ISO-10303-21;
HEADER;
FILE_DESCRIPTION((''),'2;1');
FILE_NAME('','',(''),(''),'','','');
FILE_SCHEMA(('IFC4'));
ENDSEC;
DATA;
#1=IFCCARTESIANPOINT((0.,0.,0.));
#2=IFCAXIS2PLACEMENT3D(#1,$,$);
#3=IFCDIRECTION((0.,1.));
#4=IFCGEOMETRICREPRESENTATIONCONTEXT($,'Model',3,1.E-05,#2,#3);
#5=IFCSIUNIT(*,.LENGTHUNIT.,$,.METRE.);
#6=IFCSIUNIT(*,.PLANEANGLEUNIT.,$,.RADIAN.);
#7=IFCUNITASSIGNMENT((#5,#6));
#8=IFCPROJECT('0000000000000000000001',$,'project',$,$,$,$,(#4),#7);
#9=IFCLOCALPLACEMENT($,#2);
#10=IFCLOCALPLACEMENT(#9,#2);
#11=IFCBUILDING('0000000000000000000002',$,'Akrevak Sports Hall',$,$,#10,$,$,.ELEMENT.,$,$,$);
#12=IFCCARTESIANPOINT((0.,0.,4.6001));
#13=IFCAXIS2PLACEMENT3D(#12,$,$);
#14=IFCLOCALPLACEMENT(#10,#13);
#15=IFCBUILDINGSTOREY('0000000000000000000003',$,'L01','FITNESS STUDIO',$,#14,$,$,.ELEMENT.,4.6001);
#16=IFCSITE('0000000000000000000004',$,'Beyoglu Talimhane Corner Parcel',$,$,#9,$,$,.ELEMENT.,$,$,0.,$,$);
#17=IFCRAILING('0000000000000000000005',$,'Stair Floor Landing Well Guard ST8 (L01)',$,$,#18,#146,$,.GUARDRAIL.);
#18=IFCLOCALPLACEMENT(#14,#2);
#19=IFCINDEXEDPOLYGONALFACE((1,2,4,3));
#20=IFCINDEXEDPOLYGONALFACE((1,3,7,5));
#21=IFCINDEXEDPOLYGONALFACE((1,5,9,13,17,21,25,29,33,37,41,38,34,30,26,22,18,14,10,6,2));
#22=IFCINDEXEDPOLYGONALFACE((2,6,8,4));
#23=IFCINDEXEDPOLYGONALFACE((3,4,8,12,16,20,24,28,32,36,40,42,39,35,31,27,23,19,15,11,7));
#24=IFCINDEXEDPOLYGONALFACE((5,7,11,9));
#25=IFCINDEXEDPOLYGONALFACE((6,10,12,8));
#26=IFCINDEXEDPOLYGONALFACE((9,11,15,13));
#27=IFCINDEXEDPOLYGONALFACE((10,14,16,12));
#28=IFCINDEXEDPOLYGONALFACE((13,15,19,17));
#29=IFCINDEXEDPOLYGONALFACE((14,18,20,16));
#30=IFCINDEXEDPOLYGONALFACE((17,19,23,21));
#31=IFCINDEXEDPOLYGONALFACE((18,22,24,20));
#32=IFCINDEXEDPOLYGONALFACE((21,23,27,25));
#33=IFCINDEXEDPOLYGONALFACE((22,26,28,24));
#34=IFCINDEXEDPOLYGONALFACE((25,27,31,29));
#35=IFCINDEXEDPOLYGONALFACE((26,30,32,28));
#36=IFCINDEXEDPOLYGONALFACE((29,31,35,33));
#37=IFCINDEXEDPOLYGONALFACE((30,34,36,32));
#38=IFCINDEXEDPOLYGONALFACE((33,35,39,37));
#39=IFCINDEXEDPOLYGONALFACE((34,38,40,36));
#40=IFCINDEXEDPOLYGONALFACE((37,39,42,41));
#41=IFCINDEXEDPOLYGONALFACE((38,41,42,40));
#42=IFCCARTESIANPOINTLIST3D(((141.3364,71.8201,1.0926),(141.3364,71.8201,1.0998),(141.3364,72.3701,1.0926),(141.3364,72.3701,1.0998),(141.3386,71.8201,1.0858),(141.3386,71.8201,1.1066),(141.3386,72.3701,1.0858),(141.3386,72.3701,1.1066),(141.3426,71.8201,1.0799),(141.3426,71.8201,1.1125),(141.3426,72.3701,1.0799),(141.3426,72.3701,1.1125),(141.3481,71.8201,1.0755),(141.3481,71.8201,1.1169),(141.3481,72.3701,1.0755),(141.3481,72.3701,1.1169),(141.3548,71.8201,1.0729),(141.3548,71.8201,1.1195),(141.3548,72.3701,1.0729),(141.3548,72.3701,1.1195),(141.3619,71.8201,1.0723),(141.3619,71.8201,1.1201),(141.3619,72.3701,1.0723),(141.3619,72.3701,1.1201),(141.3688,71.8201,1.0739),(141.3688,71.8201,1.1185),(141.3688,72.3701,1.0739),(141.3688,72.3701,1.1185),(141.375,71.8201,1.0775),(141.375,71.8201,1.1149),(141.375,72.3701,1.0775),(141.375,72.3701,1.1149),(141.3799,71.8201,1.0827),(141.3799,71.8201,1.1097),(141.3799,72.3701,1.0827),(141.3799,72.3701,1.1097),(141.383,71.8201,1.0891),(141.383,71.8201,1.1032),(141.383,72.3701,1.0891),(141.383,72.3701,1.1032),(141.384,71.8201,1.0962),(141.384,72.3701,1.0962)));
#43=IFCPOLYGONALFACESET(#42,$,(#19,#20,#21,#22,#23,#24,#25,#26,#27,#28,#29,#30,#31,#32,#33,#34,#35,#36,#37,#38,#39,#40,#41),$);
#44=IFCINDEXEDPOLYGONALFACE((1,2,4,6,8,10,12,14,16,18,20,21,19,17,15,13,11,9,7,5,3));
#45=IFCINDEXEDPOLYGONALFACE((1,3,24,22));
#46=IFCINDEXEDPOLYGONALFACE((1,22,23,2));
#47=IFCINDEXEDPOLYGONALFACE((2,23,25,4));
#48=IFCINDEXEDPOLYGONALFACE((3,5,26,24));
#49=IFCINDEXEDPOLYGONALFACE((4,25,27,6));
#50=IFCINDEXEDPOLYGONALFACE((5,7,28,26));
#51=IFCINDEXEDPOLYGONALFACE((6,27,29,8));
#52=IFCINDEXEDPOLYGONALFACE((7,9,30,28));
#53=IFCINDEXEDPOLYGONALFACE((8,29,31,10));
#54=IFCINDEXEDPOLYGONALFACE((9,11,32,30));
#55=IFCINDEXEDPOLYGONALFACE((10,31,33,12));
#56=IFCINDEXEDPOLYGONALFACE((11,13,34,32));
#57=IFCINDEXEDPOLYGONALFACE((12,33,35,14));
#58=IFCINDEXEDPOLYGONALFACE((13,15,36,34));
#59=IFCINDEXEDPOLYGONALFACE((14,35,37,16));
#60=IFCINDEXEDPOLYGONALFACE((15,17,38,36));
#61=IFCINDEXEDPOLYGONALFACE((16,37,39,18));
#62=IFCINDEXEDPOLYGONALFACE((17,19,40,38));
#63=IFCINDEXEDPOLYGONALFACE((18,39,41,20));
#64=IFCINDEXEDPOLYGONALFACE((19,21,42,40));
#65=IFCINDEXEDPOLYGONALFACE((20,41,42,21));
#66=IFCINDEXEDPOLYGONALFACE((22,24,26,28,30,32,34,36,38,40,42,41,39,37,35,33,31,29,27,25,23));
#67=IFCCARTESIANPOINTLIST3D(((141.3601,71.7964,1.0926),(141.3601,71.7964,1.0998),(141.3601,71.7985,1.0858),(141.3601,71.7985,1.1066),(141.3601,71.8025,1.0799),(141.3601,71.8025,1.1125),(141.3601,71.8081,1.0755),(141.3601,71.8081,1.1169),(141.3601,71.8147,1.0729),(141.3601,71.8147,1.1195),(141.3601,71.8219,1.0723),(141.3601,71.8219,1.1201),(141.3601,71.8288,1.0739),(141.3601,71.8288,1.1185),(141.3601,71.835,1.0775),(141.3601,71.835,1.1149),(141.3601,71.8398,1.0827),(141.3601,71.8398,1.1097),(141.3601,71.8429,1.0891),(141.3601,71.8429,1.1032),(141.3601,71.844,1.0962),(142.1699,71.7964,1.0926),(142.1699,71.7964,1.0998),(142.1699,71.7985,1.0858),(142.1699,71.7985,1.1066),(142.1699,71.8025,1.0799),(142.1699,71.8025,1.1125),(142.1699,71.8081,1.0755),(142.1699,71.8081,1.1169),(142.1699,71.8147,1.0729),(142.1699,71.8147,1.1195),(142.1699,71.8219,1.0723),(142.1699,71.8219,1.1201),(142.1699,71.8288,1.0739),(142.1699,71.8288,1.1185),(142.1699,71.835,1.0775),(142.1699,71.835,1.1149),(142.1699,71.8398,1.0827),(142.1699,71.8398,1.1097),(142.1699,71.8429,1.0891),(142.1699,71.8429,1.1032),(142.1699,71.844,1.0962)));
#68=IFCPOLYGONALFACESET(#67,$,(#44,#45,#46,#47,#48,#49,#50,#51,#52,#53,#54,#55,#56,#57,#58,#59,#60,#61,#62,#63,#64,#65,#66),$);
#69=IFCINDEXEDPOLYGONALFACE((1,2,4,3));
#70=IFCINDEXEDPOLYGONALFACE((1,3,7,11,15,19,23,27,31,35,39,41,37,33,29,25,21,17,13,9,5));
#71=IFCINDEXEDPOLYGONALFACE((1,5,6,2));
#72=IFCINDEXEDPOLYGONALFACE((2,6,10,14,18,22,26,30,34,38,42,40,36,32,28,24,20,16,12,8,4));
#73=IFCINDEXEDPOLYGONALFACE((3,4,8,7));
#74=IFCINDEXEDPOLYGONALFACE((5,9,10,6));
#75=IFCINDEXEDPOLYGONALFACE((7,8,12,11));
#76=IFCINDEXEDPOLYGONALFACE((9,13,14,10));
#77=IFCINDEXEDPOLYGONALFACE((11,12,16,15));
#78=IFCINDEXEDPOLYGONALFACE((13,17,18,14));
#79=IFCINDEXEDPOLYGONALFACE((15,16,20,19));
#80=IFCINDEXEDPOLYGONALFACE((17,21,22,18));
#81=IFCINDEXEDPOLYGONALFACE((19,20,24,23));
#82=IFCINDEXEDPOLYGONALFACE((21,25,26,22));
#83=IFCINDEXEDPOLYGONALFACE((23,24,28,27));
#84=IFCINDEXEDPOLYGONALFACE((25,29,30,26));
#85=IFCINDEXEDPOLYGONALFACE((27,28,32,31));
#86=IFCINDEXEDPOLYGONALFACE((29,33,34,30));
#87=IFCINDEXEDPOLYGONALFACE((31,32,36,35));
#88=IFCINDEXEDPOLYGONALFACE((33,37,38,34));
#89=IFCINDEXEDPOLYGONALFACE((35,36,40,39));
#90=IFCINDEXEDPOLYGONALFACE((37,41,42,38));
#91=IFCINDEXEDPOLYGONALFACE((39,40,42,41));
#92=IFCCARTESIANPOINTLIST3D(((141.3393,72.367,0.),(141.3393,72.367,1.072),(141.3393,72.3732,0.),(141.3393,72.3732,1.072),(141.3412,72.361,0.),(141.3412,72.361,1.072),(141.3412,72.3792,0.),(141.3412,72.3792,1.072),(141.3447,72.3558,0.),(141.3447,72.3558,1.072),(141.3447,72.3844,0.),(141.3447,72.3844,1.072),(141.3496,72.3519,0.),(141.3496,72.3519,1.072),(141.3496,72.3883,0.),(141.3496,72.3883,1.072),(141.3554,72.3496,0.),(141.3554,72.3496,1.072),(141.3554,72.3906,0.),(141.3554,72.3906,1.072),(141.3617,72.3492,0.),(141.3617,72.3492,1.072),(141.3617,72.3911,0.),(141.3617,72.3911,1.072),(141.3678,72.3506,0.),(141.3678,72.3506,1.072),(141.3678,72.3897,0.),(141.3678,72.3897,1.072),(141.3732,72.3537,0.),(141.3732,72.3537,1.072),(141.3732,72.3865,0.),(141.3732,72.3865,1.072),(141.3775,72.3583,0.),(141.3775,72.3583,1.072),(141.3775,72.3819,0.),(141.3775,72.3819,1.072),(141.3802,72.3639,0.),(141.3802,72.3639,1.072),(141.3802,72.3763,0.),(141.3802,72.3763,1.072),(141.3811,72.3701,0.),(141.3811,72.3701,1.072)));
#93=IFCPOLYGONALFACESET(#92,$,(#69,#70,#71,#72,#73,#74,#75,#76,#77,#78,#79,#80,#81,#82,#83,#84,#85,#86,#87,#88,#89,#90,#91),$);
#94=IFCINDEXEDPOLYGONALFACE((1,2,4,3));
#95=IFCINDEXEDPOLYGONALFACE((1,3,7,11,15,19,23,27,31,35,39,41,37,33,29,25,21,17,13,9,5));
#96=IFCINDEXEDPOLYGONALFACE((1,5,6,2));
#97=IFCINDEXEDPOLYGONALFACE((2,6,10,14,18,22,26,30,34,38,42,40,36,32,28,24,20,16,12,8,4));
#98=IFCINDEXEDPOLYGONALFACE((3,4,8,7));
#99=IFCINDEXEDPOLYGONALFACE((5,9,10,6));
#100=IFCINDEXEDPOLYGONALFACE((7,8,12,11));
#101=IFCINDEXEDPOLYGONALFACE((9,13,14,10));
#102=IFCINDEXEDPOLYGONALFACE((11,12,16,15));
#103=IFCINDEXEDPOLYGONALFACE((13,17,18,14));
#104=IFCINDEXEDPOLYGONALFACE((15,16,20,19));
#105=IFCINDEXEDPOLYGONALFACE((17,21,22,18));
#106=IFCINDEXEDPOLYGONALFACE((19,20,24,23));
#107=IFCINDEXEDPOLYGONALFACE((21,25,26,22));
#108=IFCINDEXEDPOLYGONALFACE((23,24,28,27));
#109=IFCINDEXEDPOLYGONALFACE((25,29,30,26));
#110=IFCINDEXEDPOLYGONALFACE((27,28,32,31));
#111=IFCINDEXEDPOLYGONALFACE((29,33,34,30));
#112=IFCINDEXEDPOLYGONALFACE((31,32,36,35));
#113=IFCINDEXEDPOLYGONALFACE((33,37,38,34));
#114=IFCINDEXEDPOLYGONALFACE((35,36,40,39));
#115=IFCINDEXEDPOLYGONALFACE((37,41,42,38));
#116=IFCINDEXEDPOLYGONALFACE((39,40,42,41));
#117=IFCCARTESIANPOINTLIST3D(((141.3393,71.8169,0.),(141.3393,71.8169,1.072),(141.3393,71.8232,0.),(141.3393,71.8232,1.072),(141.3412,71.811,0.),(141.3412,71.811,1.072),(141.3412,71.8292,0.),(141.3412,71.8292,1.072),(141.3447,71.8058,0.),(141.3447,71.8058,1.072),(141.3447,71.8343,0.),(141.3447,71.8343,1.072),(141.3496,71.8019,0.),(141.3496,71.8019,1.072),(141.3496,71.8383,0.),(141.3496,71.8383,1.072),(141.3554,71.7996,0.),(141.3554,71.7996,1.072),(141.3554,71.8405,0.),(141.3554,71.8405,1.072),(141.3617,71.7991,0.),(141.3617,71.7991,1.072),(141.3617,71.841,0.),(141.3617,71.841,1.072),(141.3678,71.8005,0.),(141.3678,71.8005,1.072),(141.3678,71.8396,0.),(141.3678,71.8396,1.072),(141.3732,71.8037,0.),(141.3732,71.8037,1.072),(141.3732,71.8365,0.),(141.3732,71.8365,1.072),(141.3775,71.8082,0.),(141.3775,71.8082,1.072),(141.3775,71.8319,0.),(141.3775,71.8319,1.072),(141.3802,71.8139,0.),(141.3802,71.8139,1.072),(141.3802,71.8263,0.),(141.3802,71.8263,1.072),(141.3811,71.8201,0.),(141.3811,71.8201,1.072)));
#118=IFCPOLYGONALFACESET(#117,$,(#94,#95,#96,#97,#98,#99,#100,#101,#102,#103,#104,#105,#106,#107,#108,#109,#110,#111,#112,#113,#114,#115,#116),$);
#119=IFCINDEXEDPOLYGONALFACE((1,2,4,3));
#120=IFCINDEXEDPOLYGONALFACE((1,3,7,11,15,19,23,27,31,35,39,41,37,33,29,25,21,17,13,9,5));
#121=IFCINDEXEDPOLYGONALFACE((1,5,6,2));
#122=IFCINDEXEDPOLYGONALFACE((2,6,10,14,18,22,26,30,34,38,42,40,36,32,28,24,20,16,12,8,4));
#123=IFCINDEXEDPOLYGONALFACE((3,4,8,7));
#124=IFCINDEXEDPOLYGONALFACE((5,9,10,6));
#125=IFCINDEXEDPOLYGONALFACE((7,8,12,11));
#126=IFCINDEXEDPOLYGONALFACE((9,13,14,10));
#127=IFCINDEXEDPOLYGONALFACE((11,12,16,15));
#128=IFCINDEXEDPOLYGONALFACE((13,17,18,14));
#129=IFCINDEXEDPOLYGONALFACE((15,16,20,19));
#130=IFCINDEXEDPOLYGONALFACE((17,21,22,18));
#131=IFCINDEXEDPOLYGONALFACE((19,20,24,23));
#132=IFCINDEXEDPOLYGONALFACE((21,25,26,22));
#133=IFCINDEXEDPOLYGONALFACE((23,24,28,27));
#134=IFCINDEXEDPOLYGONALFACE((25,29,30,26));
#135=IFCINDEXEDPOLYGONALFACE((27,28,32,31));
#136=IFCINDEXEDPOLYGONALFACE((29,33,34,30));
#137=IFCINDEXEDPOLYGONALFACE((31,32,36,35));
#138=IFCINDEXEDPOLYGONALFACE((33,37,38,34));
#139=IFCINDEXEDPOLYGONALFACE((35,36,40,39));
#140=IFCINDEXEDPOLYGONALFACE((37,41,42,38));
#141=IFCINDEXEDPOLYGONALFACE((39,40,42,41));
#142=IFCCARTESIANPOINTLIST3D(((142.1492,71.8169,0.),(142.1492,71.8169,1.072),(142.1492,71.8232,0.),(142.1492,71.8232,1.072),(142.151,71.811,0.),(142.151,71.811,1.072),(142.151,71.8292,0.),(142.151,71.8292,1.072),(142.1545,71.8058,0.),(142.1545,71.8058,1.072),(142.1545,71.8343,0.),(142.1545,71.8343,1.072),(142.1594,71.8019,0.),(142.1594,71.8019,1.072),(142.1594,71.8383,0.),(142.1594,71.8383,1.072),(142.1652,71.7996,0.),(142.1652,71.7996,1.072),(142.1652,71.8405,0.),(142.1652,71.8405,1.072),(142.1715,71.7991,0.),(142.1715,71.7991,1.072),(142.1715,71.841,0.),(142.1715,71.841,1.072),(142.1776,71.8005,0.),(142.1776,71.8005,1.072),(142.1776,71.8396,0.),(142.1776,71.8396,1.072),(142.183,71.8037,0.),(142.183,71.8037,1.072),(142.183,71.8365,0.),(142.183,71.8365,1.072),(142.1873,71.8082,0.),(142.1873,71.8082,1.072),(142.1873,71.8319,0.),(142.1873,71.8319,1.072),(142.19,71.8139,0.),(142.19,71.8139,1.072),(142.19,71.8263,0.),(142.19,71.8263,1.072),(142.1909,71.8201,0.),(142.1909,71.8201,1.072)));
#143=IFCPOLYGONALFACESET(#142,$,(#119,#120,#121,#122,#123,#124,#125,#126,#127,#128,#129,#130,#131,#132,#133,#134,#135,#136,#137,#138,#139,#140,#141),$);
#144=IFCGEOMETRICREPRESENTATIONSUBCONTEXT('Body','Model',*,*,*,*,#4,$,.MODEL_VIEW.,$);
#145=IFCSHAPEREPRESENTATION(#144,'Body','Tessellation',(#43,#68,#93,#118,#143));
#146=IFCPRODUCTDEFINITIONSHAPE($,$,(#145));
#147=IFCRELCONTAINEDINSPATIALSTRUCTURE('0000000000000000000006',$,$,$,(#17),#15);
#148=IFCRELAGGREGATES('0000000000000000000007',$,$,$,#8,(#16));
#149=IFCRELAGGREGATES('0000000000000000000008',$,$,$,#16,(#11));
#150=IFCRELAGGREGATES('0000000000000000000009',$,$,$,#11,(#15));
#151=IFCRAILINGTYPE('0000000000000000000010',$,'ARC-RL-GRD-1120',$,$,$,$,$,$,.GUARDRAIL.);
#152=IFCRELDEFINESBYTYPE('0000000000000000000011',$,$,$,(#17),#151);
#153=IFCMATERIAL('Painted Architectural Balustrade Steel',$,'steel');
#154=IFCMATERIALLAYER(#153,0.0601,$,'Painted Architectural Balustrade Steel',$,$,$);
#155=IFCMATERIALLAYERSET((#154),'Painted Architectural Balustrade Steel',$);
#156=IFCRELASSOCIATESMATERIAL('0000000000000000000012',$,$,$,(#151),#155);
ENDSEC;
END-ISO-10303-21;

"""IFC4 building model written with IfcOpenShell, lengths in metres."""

from ifc_helpers import new_model, si_unit, direction, frame, origin, origin_2d, place, context, subcontext, project, spatial, circle, extrude, material, layer, layer_set, type_object, element, save


model = new_model("IFC4")

# Units and contexts
model_context = context("Model", 3, precision=1e-05, world=origin(), true_north=direction((0.0, 1.0)))
body_context = subcontext(model_context, "Body", "Model", "MODEL_VIEW")
ifc_project = project(units=[si_unit("LENGTHUNIT", "METRE"), si_unit("PLANEANGLEUNIT", "RADIAN")], contexts=[model_context])

# Site, building, storey
site_placement = place(None, origin())
site = spatial("IfcSite", under=ifc_project, at=site_placement, Name="Beyoglu Talimhane Corner Parcel", CompositionType="ELEMENT", RefElevation=0.0)
building_placement = place(site_placement, origin())
building = spatial("IfcBuilding", under=site, at=building_placement, Name="Akrevak Sports Hall", CompositionType="ELEMENT")
storey_placement = place(building_placement, frame((0.0, 0.0, 4.6001)))
storey = spatial("IfcBuildingStorey", under=building, at=storey_placement, Name="L01", Description="FITNESS STUDIO", CompositionType="ELEMENT", Elevation=4.6001)

# Railing
ifc_material_1 = material(Name="Painted Architectural Balustrade Steel", Category="steel")
ifc_layer_1 = layer(ifc_material_1, 0.0601, Name="Painted Architectural Balustrade Steel")
ifc_layer_set_1 = layer_set([ifc_layer_1], Name="Painted Architectural Balustrade Steel")
railing_type_1 = type_object("IfcRailingType", Name="ARC-RL-GRD-1120", PredefinedType="GUARDRAIL", material=ifc_layer_set_1)
railing_1_placement = place(storey_placement, frame((141.3601, 72.3701, 0.0)))
element("IfcRailing", 1, at=railing_1_placement, inside=storey, type_object=railing_type_1, Name="Stair Floor Landing Well Guard ST8 (L01)", PredefinedType="GUARDRAIL", context=body_context, shape_type="SweptSolid", body=[
    extrude(circle(Radius=0.0239, at=origin_2d()), frame((0.0, 0.0, 1.0962), z_axis=(0.0, -1.0, 0.0), x_axis=(1.0, 0.0, 0.0)), (0.0, 0.0, 1.0), 0.55),
    extrude(circle(Radius=0.0239, at=origin_2d()), frame((0.0, -0.55, 1.0962), z_axis=(1.0, 0.0, 0.0), x_axis=(0.0, 1.0, 0.0)), (0.0, 0.0, 1.0), 0.8098),
    extrude(circle(Radius=0.021, at=origin_2d()), origin(), (0.0, 0.0, 1.0), 1.072),
    extrude(circle(Radius=0.021, at=origin_2d()), frame((0.0, -0.55, 0.0)), (0.0, 0.0, 1.0), 1.072),
    extrude(circle(Radius=0.021, at=origin_2d()), frame((0.8098, -0.55, 0.0)), (0.0, 0.0, 1.0), 1.072),
])

save(model, "model.ifc")
